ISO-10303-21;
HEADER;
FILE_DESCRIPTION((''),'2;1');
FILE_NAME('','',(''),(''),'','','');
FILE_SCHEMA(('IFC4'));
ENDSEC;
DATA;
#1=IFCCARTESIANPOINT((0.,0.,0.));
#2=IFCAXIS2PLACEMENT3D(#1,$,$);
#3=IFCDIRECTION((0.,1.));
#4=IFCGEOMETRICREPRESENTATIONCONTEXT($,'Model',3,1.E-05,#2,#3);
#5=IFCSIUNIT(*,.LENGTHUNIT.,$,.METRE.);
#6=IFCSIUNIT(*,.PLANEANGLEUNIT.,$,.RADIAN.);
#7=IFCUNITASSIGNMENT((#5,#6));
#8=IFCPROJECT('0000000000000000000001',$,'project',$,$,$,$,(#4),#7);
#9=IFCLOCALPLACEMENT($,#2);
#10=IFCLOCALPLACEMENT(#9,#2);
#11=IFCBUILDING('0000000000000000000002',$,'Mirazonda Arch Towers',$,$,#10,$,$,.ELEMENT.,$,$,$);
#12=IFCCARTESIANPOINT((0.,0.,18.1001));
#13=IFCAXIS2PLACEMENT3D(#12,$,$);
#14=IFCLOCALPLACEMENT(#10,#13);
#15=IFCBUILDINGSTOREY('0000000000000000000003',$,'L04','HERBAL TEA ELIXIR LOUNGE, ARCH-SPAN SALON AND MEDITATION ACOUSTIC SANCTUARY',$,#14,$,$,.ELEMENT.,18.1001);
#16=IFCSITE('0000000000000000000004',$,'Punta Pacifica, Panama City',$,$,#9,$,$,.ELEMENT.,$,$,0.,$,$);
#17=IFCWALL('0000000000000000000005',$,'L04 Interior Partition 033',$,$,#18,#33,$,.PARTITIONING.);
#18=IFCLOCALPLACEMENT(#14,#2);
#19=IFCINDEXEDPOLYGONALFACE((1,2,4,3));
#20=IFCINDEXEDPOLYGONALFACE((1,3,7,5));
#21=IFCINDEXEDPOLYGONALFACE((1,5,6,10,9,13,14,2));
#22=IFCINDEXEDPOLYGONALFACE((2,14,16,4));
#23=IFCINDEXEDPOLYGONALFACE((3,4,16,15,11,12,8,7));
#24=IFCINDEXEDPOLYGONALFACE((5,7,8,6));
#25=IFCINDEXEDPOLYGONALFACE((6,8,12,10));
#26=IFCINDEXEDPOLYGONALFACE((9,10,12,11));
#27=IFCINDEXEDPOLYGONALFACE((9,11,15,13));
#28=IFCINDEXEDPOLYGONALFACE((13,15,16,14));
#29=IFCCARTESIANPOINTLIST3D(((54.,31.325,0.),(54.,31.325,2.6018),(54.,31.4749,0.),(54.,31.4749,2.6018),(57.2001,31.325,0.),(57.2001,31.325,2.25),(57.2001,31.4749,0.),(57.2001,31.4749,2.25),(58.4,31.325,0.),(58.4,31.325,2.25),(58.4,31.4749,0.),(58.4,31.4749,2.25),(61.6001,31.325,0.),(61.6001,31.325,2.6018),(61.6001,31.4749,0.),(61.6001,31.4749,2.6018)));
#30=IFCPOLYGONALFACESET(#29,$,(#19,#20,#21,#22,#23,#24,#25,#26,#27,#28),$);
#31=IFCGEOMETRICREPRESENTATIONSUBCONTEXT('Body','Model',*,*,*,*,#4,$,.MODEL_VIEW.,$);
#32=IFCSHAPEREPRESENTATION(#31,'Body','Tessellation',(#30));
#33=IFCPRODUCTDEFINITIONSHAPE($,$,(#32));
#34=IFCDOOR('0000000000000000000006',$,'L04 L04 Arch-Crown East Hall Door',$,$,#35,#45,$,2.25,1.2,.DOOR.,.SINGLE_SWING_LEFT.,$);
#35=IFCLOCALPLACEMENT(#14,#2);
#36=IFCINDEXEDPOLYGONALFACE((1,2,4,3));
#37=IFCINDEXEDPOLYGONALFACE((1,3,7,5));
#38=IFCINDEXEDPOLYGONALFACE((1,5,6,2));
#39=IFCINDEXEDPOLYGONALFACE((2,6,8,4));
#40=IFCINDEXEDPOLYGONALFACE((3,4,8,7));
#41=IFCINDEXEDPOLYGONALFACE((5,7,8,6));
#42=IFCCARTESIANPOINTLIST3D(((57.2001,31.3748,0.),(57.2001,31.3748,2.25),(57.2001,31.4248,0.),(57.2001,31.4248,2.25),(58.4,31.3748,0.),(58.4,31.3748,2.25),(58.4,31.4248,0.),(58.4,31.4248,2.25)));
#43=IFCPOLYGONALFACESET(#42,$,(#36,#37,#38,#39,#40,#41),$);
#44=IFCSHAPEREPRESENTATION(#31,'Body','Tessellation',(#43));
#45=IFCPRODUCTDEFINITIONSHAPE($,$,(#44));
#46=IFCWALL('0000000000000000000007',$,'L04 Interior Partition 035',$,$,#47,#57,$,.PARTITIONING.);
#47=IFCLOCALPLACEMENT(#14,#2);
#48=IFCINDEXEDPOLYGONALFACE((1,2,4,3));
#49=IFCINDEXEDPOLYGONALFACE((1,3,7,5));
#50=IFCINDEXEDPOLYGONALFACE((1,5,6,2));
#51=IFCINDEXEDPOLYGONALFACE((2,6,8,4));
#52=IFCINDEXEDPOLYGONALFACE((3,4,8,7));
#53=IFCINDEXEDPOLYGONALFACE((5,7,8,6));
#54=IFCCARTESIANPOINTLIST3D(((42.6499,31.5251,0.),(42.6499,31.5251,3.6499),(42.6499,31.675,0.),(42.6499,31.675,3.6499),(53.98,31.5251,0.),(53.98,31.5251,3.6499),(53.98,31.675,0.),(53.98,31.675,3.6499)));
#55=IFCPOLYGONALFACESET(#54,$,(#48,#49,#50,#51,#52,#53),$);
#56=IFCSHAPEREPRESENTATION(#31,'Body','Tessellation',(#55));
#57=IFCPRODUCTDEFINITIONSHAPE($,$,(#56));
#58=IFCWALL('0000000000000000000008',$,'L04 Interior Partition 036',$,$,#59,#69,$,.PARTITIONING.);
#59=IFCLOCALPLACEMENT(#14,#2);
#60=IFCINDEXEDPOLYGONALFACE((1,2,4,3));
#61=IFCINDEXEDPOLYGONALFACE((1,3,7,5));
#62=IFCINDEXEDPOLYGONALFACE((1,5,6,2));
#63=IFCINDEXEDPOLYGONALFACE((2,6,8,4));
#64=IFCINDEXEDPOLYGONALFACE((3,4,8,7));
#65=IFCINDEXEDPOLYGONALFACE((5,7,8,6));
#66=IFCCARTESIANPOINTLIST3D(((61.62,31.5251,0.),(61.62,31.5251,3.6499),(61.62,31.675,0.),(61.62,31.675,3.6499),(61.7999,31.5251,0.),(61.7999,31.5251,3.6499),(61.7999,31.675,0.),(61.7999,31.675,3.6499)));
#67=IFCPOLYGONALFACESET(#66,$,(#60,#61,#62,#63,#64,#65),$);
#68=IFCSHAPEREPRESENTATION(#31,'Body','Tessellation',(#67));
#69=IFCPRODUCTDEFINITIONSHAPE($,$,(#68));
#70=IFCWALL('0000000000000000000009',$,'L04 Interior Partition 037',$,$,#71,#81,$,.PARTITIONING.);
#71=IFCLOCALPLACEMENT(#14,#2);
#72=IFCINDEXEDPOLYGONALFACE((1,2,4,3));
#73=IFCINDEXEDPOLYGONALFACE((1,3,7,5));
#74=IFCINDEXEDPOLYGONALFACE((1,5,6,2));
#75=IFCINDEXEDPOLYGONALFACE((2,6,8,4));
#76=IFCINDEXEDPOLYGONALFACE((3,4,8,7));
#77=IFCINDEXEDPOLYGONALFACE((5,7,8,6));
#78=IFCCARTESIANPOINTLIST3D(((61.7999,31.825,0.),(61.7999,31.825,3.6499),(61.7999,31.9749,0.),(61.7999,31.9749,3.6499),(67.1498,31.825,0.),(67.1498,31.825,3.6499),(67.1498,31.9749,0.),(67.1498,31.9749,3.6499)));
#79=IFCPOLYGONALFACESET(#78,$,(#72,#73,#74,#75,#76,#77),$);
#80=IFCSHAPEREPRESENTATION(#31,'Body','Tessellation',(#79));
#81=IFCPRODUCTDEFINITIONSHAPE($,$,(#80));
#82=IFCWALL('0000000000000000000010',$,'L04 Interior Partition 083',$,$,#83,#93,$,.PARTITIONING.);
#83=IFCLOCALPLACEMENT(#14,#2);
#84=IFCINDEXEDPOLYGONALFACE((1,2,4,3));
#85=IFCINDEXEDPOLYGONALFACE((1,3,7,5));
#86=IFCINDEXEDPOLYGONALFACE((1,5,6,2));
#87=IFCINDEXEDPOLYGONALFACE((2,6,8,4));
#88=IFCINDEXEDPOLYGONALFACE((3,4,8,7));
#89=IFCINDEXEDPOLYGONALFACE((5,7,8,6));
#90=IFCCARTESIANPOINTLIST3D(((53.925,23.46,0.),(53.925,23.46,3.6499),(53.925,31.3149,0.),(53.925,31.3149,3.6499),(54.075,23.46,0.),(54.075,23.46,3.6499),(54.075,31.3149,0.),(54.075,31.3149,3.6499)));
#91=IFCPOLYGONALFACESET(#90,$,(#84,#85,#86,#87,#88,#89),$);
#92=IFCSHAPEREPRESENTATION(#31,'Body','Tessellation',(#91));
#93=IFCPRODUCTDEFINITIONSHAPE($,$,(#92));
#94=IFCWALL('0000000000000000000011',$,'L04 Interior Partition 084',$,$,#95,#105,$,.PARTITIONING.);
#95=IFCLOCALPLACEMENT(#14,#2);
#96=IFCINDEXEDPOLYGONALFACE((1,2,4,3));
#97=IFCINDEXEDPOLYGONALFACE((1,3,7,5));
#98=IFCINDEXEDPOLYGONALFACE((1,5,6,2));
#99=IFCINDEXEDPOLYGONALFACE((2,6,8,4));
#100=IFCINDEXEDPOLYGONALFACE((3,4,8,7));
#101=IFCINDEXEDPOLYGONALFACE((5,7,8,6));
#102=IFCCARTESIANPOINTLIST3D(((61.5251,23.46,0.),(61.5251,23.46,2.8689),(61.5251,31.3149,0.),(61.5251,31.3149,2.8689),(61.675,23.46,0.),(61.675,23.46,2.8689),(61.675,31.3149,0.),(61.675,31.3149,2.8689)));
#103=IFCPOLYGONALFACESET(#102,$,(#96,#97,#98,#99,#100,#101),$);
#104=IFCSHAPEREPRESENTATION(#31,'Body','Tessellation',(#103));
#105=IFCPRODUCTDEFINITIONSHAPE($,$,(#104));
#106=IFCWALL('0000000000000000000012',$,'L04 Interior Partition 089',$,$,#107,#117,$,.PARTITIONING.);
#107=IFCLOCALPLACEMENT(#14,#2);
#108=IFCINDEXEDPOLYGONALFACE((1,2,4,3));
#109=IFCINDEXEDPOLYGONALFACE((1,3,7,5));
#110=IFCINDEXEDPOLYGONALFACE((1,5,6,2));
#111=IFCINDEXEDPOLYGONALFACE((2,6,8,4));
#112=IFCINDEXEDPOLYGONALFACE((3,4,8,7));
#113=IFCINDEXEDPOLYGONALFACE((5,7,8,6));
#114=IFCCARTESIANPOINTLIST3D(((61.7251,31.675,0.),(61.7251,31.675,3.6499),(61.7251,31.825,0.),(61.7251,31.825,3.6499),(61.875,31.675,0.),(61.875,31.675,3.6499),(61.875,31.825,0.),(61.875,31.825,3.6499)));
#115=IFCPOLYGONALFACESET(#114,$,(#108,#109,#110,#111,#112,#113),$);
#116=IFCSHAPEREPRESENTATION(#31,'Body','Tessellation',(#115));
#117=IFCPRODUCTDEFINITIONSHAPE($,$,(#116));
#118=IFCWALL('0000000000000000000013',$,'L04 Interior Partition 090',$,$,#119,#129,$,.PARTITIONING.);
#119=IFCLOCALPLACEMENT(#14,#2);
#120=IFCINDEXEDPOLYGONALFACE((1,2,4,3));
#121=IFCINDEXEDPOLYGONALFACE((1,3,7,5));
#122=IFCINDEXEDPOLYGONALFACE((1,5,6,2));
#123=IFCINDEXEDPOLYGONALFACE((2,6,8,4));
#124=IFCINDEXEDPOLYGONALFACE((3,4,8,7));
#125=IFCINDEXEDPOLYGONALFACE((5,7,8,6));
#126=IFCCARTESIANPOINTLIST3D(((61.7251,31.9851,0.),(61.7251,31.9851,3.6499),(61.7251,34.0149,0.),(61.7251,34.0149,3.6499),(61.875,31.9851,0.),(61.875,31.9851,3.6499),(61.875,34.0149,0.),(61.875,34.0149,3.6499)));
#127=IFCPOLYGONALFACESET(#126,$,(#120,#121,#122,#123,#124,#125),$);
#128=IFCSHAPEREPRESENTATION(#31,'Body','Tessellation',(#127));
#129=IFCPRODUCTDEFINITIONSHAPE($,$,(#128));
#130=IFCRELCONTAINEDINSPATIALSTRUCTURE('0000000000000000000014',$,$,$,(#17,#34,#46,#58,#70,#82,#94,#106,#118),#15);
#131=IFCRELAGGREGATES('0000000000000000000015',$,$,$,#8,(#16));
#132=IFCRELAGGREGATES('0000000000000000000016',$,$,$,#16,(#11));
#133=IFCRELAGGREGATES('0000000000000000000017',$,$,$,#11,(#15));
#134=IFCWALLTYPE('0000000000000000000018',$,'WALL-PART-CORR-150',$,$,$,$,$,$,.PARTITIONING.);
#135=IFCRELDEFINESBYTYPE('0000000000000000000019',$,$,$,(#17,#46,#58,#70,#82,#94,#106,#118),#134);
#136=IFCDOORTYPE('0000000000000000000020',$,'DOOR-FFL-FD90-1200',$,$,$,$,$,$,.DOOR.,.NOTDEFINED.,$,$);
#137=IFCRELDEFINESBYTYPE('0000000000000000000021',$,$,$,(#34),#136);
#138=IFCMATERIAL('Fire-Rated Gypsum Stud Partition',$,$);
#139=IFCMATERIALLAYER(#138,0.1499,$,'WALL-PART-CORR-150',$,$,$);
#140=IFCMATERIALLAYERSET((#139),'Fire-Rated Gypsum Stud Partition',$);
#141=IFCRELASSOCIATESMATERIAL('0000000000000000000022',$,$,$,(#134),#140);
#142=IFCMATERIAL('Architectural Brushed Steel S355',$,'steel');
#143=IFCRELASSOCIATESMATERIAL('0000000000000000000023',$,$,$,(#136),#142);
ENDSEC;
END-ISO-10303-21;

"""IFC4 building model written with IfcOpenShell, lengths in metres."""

from ifc_helpers import new_model, si_unit, direction, frame, frame_2d, origin, place, context, subcontext, project, spatial, rectangle, extrude, material, layer, layer_set, type_object, element, fill, save


model = new_model("IFC4")

# Units and contexts
model_context = context("Model", 3, precision=1e-05, world=origin(), true_north=direction((0.0, 1.0)))
body_context = subcontext(model_context, "Body", "Model", "MODEL_VIEW")
ifc_project = project(units=[si_unit("LENGTHUNIT", "METRE"), si_unit("PLANEANGLEUNIT", "RADIAN")], contexts=[model_context])

# Site, building, storey
site_placement = place(None, origin())
site = spatial("IfcSite", under=ifc_project, at=site_placement, Name="Punta Pacifica, Panama City", CompositionType="ELEMENT", RefElevation=0.0)
building_placement = place(site_placement, origin())
building = spatial("IfcBuilding", under=site, at=building_placement, Name="Mirazonda Arch Towers", CompositionType="ELEMENT")
storey_placement = place(building_placement, frame((0.0, 0.0, 18.1001)))
storey = spatial("IfcBuildingStorey", under=building, at=storey_placement, Name="L04", Description="HERBAL TEA ELIXIR LOUNGE, ARCH-SPAN SALON AND MEDITATION ACOUSTIC SANCTUARY", CompositionType="ELEMENT", Elevation=18.1001)

# Shared definitions
ifc_material_1 = material(Name="Fire-Rated Gypsum Stud Partition")
ifc_layer = layer(ifc_material_1, 0.1499, Name="WALL-PART-CORR-150")
ifc_layer_set = layer_set([ifc_layer], Name="Fire-Rated Gypsum Stud Partition")
wall_type = type_object("IfcWallType", Name="WALL-PART-CORR-150", PredefinedType="PARTITIONING", material=ifc_layer_set)

# Wall, opening, door
wall_1_placement = place(storey_placement, frame((54.0, 31.3999, 0.0), z_axis=(0.0, 0.0, 1.0), x_axis=(1.0, 0.0, 0.0)))
wall_1 = element("IfcWall", 1, at=wall_1_placement, inside=storey, type_object=wall_type, Name="L04 Interior Partition 033", PredefinedType="PARTITIONING", context=body_context, shape_type="SweptSolid", body=[
    extrude(rectangle(XDim=7.6001, YDim=0.1499, at=frame_2d((3.8, 0.0))), origin(), (0.0, 0.0, 1.0), 2.6018),
])
opening_placement = place(wall_1_placement, frame((3.2, 0.0, 0.0)))
opening = element("IfcOpeningElement", 2, at=opening_placement, cuts=wall_1, PredefinedType="OPENING", context=body_context, shape_type="SweptSolid", body=[
    extrude(rectangle(XDim=1.2, YDim=2.25, at=frame_2d((0.6001, 1.125))), frame((0.0, 0.085, 0.0), z_axis=(0.0, -1.0, 0.0), x_axis=(1.0, 0.0, 0.0)), (0.0, 0.0, 1.0), 0.1699),
])
ifc_material_2 = material(Name="Architectural Brushed Steel S355", Category="steel")
door_type = type_object("IfcDoorType", Name="DOOR-FFL-FD90-1200", OperationType="NOTDEFINED", PredefinedType="DOOR", material=ifc_material_2)
door_placement = place(opening_placement, origin())
door = element("IfcDoor", 3, at=door_placement, inside=storey, type_object=door_type, Name="L04 L04 Arch-Crown East Hall Door", OperationType="SINGLE_SWING_LEFT", OverallHeight=2.25, OverallWidth=1.2, PredefinedType="DOOR", context=body_context, shape_type="SweptSolid", body=[
    extrude(rectangle(XDim=1.2, YDim=2.25, at=frame_2d((0.6001, 1.125))), frame((0.0, 0.0249, 0.0), z_axis=(0.0, -1.0, 0.0), x_axis=(1.0, 0.0, 0.0)), (0.0, 0.0, 1.0), 0.05),
])
fill(opening, door)

# Walls
wall_2_placement = place(storey_placement, frame((42.6499, 31.6001, 0.0), z_axis=(0.0, 0.0, 1.0), x_axis=(1.0, 0.0, 0.0)))
element("IfcWall", 4, at=wall_2_placement, inside=storey, type_object=wall_type, Name="L04 Interior Partition 035", PredefinedType="PARTITIONING", context=body_context, shape_type="SweptSolid", body=[
    extrude(rectangle(XDim=11.3301, YDim=0.1499, at=frame_2d((5.665, 0.0))), origin(), (0.0, 0.0, 1.0), 3.6499),
])
wall_3_placement = place(storey_placement, frame((61.6201, 31.6001, 0.0), z_axis=(0.0, 0.0, 1.0), x_axis=(1.0, 0.0, 0.0)))
element("IfcWall", 5, at=wall_3_placement, inside=storey, type_object=wall_type, Name="L04 Interior Partition 036", PredefinedType="PARTITIONING", context=body_context, shape_type="SweptSolid", body=[
    extrude(rectangle(XDim=0.1799, YDim=0.1499, at=frame_2d((0.0898, 0.0))), origin(), (0.0, 0.0, 1.0), 3.6499),
])
wall_4_placement = place(storey_placement, frame((61.8, 31.8999, 0.0), z_axis=(0.0, 0.0, 1.0), x_axis=(1.0, 0.0, 0.0)))
element("IfcWall", 6, at=wall_4_placement, inside=storey, type_object=wall_type, Name="L04 Interior Partition 037", PredefinedType="PARTITIONING", context=body_context, shape_type="SweptSolid", body=[
    extrude(rectangle(XDim=5.3499, YDim=0.1499, at=frame_2d((2.6748, 0.0))), origin(), (0.0, 0.0, 1.0), 3.6499),
])
wall_5_placement = place(storey_placement, frame((54.0, 23.46, 0.0), z_axis=(0.0, 0.0, 1.0), x_axis=(0.0, 1.0, 0.0)))
element("IfcWall", 7, at=wall_5_placement, inside=storey, type_object=wall_type, Name="L04 Interior Partition 083", PredefinedType="PARTITIONING", context=body_context, shape_type="SweptSolid", body=[
    extrude(rectangle(XDim=7.855, YDim=0.1499, at=frame_2d((3.9275, 0.0))), origin(), (0.0, 0.0, 1.0), 3.6499),
])
wall_6_placement = place(storey_placement, frame((61.6001, 23.46, 0.0), z_axis=(0.0, 0.0, 1.0), x_axis=(0.0, 1.0, 0.0)))
element("IfcWall", 8, at=wall_6_placement, inside=storey, type_object=wall_type, Name="L04 Interior Partition 084", PredefinedType="PARTITIONING", context=body_context, shape_type="SweptSolid", body=[
    extrude(rectangle(XDim=7.855, YDim=0.1499, at=frame_2d((3.9275, 0.0))), origin(), (0.0, 0.0, 1.0), 2.8689),
])
wall_7_placement = place(storey_placement, frame((61.8, 31.675, 0.0), z_axis=(0.0, 0.0, 1.0), x_axis=(0.0, 1.0, 0.0)))
element("IfcWall", 9, at=wall_7_placement, inside=storey, type_object=wall_type, Name="L04 Interior Partition 089", PredefinedType="PARTITIONING", context=body_context, shape_type="SweptSolid", body=[
    extrude(rectangle(XDim=0.1499, YDim=0.1499, at=frame_2d((0.075, 0.0))), origin(), (0.0, 0.0, 1.0), 3.6499),
])
wall_8_placement = place(storey_placement, frame((61.8, 31.9851, 0.0), z_axis=(0.0, 0.0, 1.0), x_axis=(0.0, 1.0, 0.0)))
element("IfcWall", 10, at=wall_8_placement, inside=storey, type_object=wall_type, Name="L04 Interior Partition 090", PredefinedType="PARTITIONING", context=body_context, shape_type="SweptSolid", body=[
    extrude(rectangle(XDim=2.0298, YDim=0.1499, at=frame_2d((1.0149, 0.0))), origin(), (0.0, 0.0, 1.0), 3.6499),
])

save(model, "model.ifc")
